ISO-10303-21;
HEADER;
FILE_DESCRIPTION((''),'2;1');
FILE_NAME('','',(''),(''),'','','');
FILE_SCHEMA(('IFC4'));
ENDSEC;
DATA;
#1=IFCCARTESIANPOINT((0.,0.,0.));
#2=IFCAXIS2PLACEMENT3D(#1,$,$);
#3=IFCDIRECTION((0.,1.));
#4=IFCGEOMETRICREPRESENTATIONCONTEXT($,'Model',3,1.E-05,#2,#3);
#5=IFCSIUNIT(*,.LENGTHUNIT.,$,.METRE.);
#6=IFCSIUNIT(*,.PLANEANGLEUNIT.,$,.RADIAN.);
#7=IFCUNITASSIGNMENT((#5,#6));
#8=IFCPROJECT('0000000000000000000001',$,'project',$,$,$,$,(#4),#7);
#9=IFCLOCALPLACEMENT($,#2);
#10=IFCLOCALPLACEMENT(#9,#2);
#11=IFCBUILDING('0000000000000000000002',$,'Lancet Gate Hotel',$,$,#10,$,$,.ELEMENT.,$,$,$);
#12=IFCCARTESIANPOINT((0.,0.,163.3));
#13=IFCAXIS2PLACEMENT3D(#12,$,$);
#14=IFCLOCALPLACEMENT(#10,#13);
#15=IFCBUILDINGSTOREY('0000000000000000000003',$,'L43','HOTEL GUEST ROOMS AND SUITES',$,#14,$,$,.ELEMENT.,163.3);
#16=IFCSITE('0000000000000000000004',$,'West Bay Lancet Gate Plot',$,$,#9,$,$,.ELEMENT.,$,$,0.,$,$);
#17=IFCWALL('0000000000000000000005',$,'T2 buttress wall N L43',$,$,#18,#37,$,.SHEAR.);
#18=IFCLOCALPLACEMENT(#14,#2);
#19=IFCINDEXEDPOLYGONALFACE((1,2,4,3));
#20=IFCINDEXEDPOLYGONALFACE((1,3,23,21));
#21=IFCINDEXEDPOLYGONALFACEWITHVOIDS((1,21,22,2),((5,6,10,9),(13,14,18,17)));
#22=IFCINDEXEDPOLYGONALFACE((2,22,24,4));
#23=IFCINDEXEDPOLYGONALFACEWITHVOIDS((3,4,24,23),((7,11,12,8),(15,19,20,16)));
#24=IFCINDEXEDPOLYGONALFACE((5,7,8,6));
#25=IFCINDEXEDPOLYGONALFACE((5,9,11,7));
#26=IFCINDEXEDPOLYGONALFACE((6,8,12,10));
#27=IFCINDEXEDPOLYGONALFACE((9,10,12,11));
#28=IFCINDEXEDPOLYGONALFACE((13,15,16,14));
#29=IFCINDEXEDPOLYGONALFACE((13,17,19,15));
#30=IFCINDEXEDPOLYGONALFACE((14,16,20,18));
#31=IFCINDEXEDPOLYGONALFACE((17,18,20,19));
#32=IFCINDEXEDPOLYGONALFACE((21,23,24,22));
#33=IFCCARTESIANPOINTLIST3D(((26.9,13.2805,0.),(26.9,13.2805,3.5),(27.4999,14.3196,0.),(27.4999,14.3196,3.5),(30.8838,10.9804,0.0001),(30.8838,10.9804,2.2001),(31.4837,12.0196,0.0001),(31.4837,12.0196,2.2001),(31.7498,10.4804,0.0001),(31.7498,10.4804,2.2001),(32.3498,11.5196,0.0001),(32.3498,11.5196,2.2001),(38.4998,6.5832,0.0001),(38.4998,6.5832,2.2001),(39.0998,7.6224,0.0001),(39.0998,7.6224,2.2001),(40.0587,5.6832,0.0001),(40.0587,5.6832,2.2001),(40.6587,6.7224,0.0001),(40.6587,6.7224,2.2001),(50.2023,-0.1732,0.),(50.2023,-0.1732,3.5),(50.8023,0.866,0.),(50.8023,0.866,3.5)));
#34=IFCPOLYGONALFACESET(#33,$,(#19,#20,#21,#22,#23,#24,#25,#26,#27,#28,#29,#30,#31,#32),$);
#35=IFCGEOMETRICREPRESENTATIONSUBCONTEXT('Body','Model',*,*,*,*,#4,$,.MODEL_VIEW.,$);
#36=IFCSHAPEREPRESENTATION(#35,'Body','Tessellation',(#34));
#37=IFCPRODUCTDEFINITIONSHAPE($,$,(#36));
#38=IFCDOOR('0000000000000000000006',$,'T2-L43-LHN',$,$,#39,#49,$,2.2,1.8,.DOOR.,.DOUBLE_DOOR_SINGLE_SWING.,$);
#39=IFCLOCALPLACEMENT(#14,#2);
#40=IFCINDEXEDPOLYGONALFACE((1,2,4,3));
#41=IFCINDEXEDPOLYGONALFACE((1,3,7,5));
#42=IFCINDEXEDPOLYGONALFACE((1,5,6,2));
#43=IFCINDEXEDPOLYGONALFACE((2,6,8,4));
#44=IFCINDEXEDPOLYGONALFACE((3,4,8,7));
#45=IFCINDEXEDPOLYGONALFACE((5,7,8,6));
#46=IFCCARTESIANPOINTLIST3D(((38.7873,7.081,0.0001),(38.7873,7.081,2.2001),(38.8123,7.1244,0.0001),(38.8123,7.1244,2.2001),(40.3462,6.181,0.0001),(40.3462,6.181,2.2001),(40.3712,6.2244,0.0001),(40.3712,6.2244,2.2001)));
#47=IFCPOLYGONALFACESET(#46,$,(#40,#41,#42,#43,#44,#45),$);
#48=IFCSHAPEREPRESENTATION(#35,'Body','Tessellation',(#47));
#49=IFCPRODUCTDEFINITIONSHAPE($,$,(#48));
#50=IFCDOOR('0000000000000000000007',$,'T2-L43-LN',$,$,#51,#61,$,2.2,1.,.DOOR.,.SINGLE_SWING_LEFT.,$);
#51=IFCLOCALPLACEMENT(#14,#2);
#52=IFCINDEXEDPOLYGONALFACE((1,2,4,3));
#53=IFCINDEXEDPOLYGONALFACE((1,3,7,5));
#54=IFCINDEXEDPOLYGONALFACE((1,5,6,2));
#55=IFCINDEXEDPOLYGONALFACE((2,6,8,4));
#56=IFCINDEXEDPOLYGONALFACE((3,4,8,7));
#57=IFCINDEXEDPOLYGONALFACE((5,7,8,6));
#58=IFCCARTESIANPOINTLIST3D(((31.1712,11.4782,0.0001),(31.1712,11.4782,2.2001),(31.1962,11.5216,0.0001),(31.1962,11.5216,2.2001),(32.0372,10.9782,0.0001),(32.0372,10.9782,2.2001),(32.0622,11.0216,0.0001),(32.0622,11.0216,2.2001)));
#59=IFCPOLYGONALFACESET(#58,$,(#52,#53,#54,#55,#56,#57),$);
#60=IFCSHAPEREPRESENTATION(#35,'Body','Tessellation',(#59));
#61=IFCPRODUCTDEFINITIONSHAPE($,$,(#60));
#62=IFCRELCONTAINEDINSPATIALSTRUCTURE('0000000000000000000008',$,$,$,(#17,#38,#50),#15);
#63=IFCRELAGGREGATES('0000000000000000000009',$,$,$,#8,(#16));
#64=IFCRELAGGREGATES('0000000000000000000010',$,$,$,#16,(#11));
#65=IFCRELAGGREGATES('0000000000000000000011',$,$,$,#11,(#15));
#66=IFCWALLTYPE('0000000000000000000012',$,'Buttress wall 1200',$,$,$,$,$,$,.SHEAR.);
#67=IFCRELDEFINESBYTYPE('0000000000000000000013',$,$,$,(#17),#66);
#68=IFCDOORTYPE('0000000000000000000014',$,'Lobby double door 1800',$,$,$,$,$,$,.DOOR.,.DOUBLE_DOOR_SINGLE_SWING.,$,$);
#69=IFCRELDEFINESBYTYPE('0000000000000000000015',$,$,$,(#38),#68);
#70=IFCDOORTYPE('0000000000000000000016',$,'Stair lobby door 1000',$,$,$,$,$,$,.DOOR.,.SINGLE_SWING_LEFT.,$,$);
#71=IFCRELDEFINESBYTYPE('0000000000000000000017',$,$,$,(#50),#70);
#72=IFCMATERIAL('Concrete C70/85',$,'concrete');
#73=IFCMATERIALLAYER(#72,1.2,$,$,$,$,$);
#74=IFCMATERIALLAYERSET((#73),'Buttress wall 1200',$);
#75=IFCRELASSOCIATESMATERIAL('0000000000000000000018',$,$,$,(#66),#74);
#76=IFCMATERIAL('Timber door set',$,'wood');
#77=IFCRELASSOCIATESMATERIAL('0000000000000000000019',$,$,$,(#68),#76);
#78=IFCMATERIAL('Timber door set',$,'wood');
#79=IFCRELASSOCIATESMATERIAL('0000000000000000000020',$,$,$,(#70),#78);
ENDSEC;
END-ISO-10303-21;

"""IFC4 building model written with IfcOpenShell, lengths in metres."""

from ifc_helpers import new_model, si_unit, direction, frame, frame_2d, origin, place, context, subcontext, project, spatial, rectangle, extrude, material, layer, layer_set, type_object, element, fill, save


model = new_model("IFC4")

# Units and contexts
model_context = context("Model", 3, precision=1e-05, world=origin(), true_north=direction((0.0, 1.0)))
body_context = subcontext(model_context, "Body", "Model", "MODEL_VIEW")
ifc_project = project(units=[si_unit("LENGTHUNIT", "METRE"), si_unit("PLANEANGLEUNIT", "RADIAN")], contexts=[model_context])

# Site, building, storey
site_placement = place(None, origin())
site = spatial("IfcSite", under=ifc_project, at=site_placement, Name="West Bay Lancet Gate Plot", CompositionType="ELEMENT", RefElevation=0.0)
building_placement = place(site_placement, origin())
building = spatial("IfcBuilding", under=site, at=building_placement, Name="Lancet Gate Hotel", CompositionType="ELEMENT")
storey_placement = place(building_placement, frame((0.0, 0.0, 163.3)))
storey = spatial("IfcBuildingStorey", under=building, at=storey_placement, Name="L43", Description="HOTEL GUEST ROOMS AND SUITES", CompositionType="ELEMENT", Elevation=163.3)

# Wall, openings, doors
ifc_material_1 = material(Name="Concrete C70/85", Category="concrete")
ifc_layer_1 = layer(ifc_material_1, 1.2)
ifc_layer_set_1 = layer_set([ifc_layer_1], Name="Buttress wall 1200")
wall_type = type_object("IfcWallType", Name="Buttress wall 1200", PredefinedType="SHEAR", material=ifc_layer_set_1)
wall_placement = place(storey_placement, frame((27.2, 13.8, 0.0), z_axis=(0.0, 0.0, 1.0), x_axis=(0.866025, -0.500002, 0.0)))
wall = element("IfcWall", 1, at=wall_placement, inside=storey, type_object=wall_type, Name="T2 buttress wall N L43", PredefinedType="SHEAR", context=body_context, shape_type="SweptSolid", body=[
    extrude(rectangle(XDim=26.9072, YDim=1.2, at=frame_2d((13.4536, 0.0))), origin(), (0.0, 0.0, 1.0), 3.5),
])
opening_1_placement = place(wall_placement, frame((4.6001, 0.0, 0.0)))
opening_1 = element("IfcOpeningElement", 2, at=opening_1_placement, cuts=wall, PredefinedType="OPENING", context=body_context, shape_type="SweptSolid", body=[
    extrude(rectangle(XDim=1.0, YDim=2.2, at=frame_2d((0.5, 1.1001))), frame((0.0, 0.6099, 0.0), z_axis=(0.0, -1.0, 0.0), x_axis=(1.0, 0.0, 0.0)), (0.0, 0.0, 1.0), 1.22),
])
opening_2_placement = place(wall_placement, frame((13.3945, 0.0, 0.0)))
opening_2 = element("IfcOpeningElement", 3, at=opening_2_placement, cuts=wall, PredefinedType="OPENING", context=body_context, shape_type="SweptSolid", body=[
    extrude(rectangle(XDim=1.8, YDim=2.2, at=frame_2d((0.8999, 1.1001))), frame((0.0, 0.6099, 0.0), z_axis=(0.0, -1.0, 0.0), x_axis=(1.0, 0.0, 0.0)), (0.0, 0.0, 1.0), 1.22),
])
ifc_material_2 = material(Name="Timber door set", Category="wood")
door_type_1 = type_object("IfcDoorType", Name="Lobby double door 1800", OperationType="DOUBLE_DOOR_SINGLE_SWING", PredefinedType="DOOR", material=ifc_material_2)
door_1_placement = place(opening_2_placement, origin())
door_1 = element("IfcDoor", 4, at=door_1_placement, inside=storey, type_object=door_type_1, Name="T2-L43-LHN", OperationType="DOUBLE_DOOR_SINGLE_SWING", OverallHeight=2.2, OverallWidth=1.8, PredefinedType="DOOR", context=body_context, shape_type="SweptSolid", body=[
    extrude(rectangle(XDim=1.8, YDim=2.2, at=frame_2d((0.8999, 1.1001))), frame((0.0, 0.0249, 0.0), z_axis=(0.0, -1.0, 0.0), x_axis=(1.0, 0.0, 0.0)), (0.0, 0.0, 1.0), 0.05),
])
fill(opening_2, door_1)
ifc_material_3 = material(Name="Timber door set", Category="wood")
door_type_2 = type_object("IfcDoorType", Name="Stair lobby door 1000", OperationType="SINGLE_SWING_LEFT", PredefinedType="DOOR", material=ifc_material_3)
door_2_placement = place(opening_1_placement, origin())
door_2 = element("IfcDoor", 5, at=door_2_placement, inside=storey, type_object=door_type_2, Name="T2-L43-LN", OperationType="SINGLE_SWING_LEFT", OverallHeight=2.2, OverallWidth=1.0, PredefinedType="DOOR", context=body_context, shape_type="SweptSolid", body=[
    extrude(rectangle(XDim=1.0, YDim=2.2, at=frame_2d((0.5, 1.1001))), frame((0.0, 0.0249, 0.0), z_axis=(0.0, -1.0, 0.0), x_axis=(1.0, 0.0, 0.0)), (0.0, 0.0, 1.0), 0.05),
])
fill(opening_1, door_2)

save(model, "model.ifc")
